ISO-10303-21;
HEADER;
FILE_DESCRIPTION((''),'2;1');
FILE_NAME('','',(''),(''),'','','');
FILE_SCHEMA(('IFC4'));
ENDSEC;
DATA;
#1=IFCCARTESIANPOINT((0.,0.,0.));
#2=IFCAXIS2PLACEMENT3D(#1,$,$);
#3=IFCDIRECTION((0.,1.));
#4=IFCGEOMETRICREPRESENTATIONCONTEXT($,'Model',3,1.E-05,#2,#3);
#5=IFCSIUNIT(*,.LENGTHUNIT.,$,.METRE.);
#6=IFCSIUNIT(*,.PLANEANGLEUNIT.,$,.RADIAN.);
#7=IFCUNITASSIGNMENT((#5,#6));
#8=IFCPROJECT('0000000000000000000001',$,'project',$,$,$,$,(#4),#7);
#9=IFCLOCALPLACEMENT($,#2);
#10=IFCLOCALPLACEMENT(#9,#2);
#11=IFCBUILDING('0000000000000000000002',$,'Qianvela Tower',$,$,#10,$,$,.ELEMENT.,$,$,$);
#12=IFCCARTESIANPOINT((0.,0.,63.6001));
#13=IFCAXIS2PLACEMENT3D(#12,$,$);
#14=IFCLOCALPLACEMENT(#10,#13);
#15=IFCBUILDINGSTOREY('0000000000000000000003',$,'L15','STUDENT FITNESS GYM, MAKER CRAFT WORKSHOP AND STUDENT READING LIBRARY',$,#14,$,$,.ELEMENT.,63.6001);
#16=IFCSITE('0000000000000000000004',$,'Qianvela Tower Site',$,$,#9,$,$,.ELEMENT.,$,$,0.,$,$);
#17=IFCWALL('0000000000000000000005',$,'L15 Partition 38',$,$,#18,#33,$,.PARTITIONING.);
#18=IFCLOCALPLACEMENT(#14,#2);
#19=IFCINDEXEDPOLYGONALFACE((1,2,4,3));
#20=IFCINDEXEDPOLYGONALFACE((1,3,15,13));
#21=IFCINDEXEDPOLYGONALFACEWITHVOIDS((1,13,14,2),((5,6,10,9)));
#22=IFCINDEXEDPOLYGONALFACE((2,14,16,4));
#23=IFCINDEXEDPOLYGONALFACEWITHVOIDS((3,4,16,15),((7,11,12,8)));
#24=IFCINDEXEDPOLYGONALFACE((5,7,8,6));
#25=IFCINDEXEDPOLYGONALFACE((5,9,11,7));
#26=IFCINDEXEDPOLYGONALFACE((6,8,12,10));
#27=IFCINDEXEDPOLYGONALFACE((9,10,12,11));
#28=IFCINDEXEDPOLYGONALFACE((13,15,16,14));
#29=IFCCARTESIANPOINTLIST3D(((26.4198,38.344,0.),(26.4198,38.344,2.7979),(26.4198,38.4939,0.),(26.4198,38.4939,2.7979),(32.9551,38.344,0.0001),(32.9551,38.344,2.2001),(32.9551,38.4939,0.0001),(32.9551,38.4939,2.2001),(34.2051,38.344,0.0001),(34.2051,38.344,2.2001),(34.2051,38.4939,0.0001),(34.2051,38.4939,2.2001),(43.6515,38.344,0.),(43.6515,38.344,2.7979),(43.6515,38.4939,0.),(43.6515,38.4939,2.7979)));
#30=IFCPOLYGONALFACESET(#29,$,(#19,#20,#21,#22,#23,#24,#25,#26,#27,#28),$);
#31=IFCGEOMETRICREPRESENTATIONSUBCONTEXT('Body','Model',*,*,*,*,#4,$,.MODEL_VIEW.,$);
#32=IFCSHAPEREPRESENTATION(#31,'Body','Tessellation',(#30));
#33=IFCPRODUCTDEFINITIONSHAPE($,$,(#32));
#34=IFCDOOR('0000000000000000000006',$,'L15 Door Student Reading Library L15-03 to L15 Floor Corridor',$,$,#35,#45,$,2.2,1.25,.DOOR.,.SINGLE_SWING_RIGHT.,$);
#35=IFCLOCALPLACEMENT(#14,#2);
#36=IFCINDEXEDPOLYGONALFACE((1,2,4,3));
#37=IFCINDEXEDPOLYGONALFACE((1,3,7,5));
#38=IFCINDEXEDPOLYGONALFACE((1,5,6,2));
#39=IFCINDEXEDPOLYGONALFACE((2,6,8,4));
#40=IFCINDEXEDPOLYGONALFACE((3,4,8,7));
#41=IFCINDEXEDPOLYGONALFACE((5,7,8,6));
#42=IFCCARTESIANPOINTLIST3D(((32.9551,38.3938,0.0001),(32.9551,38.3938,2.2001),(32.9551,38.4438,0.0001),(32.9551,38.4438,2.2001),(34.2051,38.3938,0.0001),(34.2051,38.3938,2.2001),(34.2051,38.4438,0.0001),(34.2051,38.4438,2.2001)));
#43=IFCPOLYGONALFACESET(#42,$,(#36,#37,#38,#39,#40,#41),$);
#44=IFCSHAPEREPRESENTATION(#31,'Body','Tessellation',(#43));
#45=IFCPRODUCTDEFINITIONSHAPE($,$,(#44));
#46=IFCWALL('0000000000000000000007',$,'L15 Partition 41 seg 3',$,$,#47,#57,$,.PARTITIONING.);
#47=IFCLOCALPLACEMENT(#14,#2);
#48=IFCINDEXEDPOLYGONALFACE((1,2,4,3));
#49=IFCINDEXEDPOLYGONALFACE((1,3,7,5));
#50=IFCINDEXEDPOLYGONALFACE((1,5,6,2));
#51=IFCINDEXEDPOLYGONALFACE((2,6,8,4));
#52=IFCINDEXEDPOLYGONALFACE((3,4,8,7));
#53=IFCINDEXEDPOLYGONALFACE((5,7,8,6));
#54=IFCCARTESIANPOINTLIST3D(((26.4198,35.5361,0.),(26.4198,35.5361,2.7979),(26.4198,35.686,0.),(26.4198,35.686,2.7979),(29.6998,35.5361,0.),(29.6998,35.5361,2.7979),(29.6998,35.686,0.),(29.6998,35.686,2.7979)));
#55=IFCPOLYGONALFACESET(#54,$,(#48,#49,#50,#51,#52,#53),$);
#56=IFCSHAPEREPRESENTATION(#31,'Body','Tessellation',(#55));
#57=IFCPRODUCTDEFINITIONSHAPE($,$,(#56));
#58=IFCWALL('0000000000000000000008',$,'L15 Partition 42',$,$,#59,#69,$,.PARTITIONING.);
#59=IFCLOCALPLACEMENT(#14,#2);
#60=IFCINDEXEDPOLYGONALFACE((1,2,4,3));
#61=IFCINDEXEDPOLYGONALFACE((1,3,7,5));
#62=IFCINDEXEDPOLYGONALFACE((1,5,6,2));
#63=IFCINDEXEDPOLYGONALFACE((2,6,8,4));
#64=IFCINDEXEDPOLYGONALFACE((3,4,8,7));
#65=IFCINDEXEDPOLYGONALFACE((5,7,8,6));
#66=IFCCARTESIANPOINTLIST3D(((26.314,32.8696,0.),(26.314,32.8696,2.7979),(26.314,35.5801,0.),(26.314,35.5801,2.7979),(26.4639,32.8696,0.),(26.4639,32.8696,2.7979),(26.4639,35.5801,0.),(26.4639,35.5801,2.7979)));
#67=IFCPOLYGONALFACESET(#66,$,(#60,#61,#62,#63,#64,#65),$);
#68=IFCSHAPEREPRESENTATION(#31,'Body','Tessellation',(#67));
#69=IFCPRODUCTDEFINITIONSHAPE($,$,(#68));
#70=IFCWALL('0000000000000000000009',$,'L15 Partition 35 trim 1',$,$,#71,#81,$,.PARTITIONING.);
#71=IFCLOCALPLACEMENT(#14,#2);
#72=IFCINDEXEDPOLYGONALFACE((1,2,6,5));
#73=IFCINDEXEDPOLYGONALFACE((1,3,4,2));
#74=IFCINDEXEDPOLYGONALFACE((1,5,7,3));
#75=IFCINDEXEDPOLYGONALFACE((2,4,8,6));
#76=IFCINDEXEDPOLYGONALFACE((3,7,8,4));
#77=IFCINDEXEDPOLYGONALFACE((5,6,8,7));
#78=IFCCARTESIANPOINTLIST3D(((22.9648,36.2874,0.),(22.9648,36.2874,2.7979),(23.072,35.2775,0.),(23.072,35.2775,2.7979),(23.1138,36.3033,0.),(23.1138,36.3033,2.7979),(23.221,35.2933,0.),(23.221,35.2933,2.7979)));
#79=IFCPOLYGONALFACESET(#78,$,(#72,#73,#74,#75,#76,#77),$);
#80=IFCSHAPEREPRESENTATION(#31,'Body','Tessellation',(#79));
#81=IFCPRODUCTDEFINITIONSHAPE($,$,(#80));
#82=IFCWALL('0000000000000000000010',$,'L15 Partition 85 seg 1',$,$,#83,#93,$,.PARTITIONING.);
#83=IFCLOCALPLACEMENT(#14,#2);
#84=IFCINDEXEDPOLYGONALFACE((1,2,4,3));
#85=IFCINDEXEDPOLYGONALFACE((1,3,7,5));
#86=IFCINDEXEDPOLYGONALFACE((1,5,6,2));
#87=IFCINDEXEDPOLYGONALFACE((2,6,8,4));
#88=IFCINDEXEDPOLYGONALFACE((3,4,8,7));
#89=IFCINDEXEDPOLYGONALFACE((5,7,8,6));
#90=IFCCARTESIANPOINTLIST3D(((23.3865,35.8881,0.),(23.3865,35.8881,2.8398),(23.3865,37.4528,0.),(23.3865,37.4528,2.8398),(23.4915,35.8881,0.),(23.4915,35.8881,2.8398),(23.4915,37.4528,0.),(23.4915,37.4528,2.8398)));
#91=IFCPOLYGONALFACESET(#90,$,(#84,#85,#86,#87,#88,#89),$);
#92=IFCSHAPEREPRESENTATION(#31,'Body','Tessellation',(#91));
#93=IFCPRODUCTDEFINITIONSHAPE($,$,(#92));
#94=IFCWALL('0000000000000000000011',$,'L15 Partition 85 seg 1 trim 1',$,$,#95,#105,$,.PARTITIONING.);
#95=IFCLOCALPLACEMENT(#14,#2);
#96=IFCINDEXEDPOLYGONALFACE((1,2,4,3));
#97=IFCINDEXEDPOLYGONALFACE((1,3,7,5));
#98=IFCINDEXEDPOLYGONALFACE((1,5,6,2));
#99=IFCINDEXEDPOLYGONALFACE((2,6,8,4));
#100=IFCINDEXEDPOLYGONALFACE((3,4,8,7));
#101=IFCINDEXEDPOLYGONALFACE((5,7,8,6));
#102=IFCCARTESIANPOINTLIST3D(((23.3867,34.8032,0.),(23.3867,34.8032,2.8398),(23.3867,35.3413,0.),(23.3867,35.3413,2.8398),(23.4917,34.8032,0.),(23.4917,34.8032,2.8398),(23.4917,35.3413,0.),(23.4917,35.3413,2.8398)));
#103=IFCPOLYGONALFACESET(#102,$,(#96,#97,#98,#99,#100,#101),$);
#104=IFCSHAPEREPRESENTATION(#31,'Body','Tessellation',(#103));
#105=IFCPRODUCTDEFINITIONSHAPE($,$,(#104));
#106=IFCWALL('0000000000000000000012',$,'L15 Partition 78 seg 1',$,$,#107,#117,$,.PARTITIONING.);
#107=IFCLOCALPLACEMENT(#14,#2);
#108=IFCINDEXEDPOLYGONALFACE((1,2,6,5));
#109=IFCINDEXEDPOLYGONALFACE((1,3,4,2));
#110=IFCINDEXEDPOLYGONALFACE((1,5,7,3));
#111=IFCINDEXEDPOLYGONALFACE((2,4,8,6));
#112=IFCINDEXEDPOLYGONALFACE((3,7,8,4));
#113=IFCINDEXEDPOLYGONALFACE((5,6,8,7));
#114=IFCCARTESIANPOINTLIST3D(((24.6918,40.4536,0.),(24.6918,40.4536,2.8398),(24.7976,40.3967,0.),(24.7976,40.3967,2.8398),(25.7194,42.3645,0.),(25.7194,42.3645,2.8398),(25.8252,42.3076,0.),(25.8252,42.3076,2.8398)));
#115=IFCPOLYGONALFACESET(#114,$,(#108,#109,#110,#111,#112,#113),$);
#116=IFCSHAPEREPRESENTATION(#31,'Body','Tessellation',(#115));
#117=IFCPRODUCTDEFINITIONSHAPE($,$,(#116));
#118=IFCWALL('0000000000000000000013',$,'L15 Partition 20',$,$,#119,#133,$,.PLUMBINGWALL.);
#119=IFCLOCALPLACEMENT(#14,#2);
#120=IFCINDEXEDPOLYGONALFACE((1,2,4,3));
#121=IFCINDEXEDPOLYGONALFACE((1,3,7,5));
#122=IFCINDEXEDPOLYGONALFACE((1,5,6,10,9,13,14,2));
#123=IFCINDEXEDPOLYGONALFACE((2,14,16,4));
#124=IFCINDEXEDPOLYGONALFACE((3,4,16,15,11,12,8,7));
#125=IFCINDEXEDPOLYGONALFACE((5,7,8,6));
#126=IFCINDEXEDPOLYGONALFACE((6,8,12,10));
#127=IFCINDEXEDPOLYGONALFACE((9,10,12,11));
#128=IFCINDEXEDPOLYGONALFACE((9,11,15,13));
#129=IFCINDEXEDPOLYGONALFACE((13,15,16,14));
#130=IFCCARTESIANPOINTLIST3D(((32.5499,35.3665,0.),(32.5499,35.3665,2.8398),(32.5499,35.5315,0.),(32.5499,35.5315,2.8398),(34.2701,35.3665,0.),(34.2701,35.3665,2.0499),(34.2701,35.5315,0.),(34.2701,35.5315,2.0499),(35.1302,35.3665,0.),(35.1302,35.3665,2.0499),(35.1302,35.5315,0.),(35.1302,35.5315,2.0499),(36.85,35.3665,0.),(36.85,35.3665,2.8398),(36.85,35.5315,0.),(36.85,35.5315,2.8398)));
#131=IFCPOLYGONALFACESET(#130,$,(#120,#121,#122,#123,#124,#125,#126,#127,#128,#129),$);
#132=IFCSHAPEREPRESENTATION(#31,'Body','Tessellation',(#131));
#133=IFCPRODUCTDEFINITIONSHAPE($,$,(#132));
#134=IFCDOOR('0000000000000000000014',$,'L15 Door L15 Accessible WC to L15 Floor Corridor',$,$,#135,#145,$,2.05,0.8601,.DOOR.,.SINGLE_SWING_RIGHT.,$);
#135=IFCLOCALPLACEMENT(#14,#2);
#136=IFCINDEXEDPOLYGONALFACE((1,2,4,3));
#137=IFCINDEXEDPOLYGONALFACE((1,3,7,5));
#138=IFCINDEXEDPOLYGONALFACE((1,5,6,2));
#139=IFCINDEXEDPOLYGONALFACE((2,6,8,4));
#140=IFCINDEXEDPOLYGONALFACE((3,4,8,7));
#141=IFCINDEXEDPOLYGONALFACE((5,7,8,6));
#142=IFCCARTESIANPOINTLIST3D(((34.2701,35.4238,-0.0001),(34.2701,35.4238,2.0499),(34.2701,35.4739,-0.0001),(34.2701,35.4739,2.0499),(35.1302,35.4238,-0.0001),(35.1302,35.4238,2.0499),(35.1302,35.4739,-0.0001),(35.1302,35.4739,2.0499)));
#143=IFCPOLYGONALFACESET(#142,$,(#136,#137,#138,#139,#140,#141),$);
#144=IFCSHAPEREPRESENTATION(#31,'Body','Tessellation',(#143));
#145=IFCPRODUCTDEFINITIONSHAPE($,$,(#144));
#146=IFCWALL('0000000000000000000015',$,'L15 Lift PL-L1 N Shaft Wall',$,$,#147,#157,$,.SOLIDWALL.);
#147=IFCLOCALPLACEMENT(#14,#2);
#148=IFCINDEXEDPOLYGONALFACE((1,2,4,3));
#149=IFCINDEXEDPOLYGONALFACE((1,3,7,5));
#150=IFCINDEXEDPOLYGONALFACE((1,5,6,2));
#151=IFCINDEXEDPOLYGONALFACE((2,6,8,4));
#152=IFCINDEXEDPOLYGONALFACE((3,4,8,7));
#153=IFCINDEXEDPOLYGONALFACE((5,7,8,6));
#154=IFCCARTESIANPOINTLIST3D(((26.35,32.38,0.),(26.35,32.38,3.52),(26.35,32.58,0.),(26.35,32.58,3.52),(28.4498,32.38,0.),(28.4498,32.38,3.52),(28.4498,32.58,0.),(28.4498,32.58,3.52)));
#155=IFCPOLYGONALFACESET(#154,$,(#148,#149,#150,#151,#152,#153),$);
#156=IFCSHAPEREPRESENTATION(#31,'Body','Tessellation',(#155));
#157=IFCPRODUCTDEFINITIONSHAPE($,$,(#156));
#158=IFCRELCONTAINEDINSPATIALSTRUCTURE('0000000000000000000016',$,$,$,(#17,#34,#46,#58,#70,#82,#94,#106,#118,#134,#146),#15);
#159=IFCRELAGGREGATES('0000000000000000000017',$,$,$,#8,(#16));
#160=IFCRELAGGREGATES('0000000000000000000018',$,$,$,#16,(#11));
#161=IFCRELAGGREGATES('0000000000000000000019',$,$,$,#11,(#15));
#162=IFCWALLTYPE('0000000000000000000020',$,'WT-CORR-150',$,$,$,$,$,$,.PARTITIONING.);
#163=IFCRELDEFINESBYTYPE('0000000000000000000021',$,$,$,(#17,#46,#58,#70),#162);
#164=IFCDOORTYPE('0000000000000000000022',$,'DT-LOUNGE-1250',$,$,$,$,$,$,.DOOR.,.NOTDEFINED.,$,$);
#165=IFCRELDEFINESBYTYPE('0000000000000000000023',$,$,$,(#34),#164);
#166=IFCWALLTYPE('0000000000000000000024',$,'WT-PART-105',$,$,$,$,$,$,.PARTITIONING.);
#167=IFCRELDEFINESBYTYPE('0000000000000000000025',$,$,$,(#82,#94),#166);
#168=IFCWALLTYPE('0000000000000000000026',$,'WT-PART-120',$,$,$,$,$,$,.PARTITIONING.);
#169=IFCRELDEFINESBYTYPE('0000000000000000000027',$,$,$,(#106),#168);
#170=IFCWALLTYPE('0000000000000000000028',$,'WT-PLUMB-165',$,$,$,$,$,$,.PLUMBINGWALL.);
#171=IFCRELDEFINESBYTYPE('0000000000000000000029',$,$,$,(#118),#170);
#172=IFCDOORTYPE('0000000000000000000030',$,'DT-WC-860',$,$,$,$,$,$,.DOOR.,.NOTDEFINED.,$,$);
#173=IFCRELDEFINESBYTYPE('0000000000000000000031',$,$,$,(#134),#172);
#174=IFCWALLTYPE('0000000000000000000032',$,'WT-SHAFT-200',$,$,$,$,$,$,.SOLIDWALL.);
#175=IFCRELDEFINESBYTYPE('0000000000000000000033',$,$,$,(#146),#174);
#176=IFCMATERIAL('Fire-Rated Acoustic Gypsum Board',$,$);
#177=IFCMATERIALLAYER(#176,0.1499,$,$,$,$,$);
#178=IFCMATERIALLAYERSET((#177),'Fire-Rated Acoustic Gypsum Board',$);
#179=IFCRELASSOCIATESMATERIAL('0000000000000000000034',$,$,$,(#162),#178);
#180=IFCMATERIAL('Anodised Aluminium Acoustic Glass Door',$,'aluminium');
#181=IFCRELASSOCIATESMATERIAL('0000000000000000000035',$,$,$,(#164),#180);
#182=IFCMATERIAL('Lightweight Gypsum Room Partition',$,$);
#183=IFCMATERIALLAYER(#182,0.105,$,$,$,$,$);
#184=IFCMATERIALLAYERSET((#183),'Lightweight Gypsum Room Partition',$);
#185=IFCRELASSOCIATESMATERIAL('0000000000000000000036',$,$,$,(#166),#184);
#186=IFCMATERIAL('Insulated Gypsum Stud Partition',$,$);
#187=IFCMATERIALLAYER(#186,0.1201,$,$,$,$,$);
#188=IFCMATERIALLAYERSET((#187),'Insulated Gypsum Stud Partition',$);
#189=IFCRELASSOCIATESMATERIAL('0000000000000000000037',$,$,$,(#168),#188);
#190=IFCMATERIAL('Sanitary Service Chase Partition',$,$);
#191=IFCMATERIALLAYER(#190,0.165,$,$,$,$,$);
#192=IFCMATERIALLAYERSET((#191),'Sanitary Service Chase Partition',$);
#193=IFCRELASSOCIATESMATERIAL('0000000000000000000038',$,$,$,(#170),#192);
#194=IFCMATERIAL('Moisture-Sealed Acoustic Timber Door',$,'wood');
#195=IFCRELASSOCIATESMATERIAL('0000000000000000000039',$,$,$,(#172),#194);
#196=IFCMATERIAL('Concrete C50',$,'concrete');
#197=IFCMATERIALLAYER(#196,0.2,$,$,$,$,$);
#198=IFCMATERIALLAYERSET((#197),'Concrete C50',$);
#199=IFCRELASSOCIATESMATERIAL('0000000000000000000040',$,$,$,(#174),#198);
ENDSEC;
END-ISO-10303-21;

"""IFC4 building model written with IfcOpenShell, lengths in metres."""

from ifc_helpers import new_model, si_unit, direction, frame, frame_2d, origin, place, context, subcontext, project, spatial, rectangle, extrude, material, layer, layer_set, type_object, element, fill, save


model = new_model("IFC4")

# Units and contexts
model_context = context("Model", 3, precision=1e-05, world=origin(), true_north=direction((0.0, 1.0)))
body_context = subcontext(model_context, "Body", "Model", "MODEL_VIEW")
ifc_project = project(units=[si_unit("LENGTHUNIT", "METRE"), si_unit("PLANEANGLEUNIT", "RADIAN")], contexts=[model_context])

# Site, building, storey
site_placement = place(None, origin())
site = spatial("IfcSite", under=ifc_project, at=site_placement, Name="Qianvela Tower Site", CompositionType="ELEMENT", RefElevation=0.0)
building_placement = place(site_placement, origin())
building = spatial("IfcBuilding", under=site, at=building_placement, Name="Qianvela Tower", CompositionType="ELEMENT")
storey_placement = place(building_placement, frame((0.0, 0.0, 63.6001)))
storey = spatial("IfcBuildingStorey", under=building, at=storey_placement, Name="L15", Description="STUDENT FITNESS GYM, MAKER CRAFT WORKSHOP AND STUDENT READING LIBRARY", CompositionType="ELEMENT", Elevation=63.6001)

# Shared definitions
ifc_material_1 = material(Name="Fire-Rated Acoustic Gypsum Board")
ifc_layer_1 = layer(ifc_material_1, 0.1499)
ifc_layer_set_1 = layer_set([ifc_layer_1], Name="Fire-Rated Acoustic Gypsum Board")
wall_type_1 = type_object("IfcWallType", Name="WT-CORR-150", PredefinedType="PARTITIONING", material=ifc_layer_set_1)

# Wall, opening, door
wall_1_placement = place(storey_placement, frame((26.4199, 38.4189, 0.0), z_axis=(0.0, 0.0, 1.0), x_axis=(1.0, 0.0, 0.0)))
wall_1 = element("IfcWall", 1, at=wall_1_placement, inside=storey, type_object=wall_type_1, Name="L15 Partition 38", PredefinedType="PARTITIONING", context=body_context, shape_type="SweptSolid", body=[
    extrude(rectangle(XDim=17.2317, YDim=0.1499, at=frame_2d((8.6157, 0.0))), origin(), (0.0, 0.0, 1.0), 2.7979),
])
opening_1_placement = place(wall_1_placement, frame((6.5352, 0.0, 0.0)))
opening_1 = element("IfcOpeningElement", 2, at=opening_1_placement, cuts=wall_1, PredefinedType="OPENING", context=body_context, shape_type="SweptSolid", body=[
    extrude(rectangle(XDim=1.25, YDim=2.2, at=frame_2d((0.625, 1.1001))), frame((0.0, 0.085, 0.0), z_axis=(0.0, -1.0, 0.0), x_axis=(1.0, 0.0, 0.0)), (0.0, 0.0, 1.0), 0.1699),
])
ifc_material_2 = material(Name="Anodised Aluminium Acoustic Glass Door", Category="aluminium")
door_type_1 = type_object("IfcDoorType", Name="DT-LOUNGE-1250", OperationType="NOTDEFINED", PredefinedType="DOOR", material=ifc_material_2)
door_1_placement = place(opening_1_placement, origin())
door_1 = element("IfcDoor", 3, at=door_1_placement, inside=storey, type_object=door_type_1, Name="L15 Door Student Reading Library L15-03 to L15 Floor Corridor", OperationType="SINGLE_SWING_RIGHT", OverallHeight=2.2, OverallWidth=1.25, PredefinedType="DOOR", context=body_context, shape_type="SweptSolid", body=[
    extrude(rectangle(XDim=1.25, YDim=2.2, at=frame_2d((0.625, 1.1001))), frame((0.0, 0.0249, 0.0), z_axis=(0.0, -1.0, 0.0), x_axis=(1.0, 0.0, 0.0)), (0.0, 0.0, 1.0), 0.05),
])
fill(opening_1, door_1)

# Walls
wall_2_placement = place(storey_placement, frame((29.7, 35.6111, 0.0), z_axis=(0.0, 0.0, 1.0), x_axis=(-1.0, 0.0, 0.0)))
element("IfcWall", 4, at=wall_2_placement, inside=storey, type_object=wall_type_1, Name="L15 Partition 41 seg 3", PredefinedType="PARTITIONING", context=body_context, shape_type="SweptSolid", body=[
    extrude(rectangle(XDim=3.28, YDim=0.1499, at=frame_2d((1.6401, 0.0))), origin(), (0.0, 0.0, 1.0), 2.7979),
])
wall_3_placement = place(storey_placement, frame((26.3889, 35.5801, 0.0), z_axis=(0.0, 0.0, 1.0), x_axis=(0.0, -1.0, 0.0)))
element("IfcWall", 5, at=wall_3_placement, inside=storey, type_object=wall_type_1, Name="L15 Partition 42", PredefinedType="PARTITIONING", context=body_context, shape_type="SweptSolid", body=[
    extrude(rectangle(XDim=2.7104, YDim=0.1499, at=frame_2d((1.3552, 0.0))), origin(), (0.0, 0.0, 1.0), 2.7979),
])
wall_4_placement = place(storey_placement, frame((23.1465, 35.2854, 0.0), z_axis=(0.0, 0.0, 1.0), x_axis=(-0.105523, 0.994417, 0.0)))
element("IfcWall", 6, at=wall_4_placement, inside=storey, type_object=wall_type_1, Name="L15 Partition 35 trim 1", PredefinedType="PARTITIONING", context=body_context, shape_type="SweptSolid", body=[
    extrude(rectangle(XDim=1.0156, YDim=0.1499, at=frame_2d((0.5078, 0.0))), origin(), (0.0, 0.0, 1.0), 2.7979),
])
ifc_material_3 = material(Name="Lightweight Gypsum Room Partition")
ifc_layer_2 = layer(ifc_material_3, 0.105)
ifc_layer_set_2 = layer_set([ifc_layer_2], Name="Lightweight Gypsum Room Partition")
wall_type_2 = type_object("IfcWallType", Name="WT-PART-105", PredefinedType="PARTITIONING", material=ifc_layer_set_2)
wall_5_placement = place(storey_placement, frame((23.439, 37.4526, 0.0), z_axis=(0.0, 0.0, 1.0), x_axis=(0.0, -1.0, 0.0)))
element("IfcWall", 7, at=wall_5_placement, inside=storey, type_object=wall_type_2, Name="L15 Partition 85 seg 1", PredefinedType="PARTITIONING", context=body_context, shape_type="SweptSolid", body=[
    extrude(rectangle(XDim=1.5647, YDim=0.105, at=frame_2d((0.7822, 0.0))), origin(), (0.0, 0.0, 1.0), 2.8398),
])
wall_6_placement = place(storey_placement, frame((23.4392, 35.3413, 0.0), z_axis=(0.0, 0.0, 1.0), x_axis=(0.0, -1.0, 0.0)))
element("IfcWall", 8, at=wall_6_placement, inside=storey, type_object=wall_type_2, Name="L15 Partition 85 seg 1 trim 1", PredefinedType="PARTITIONING", context=body_context, shape_type="SweptSolid", body=[
    extrude(rectangle(XDim=0.5381, YDim=0.105, at=frame_2d((0.269, 0.0))), origin(), (0.0, 0.0, 1.0), 2.8398),
])
ifc_material_4 = material(Name="Insulated Gypsum Stud Partition")
ifc_layer_3 = layer(ifc_material_4, 0.1201)
ifc_layer_set_3 = layer_set([ifc_layer_3], Name="Insulated Gypsum Stud Partition")
wall_type_3 = type_object("IfcWallType", Name="WT-PART-120", PredefinedType="PARTITIONING", material=ifc_layer_set_3)
wall_7_placement = place(storey_placement, frame((24.7446, 40.425, 0.0), z_axis=(0.0, 0.0, 1.0), x_axis=(0.473617, 0.880731, 0.0)))
element("IfcWall", 9, at=wall_7_placement, inside=storey, type_object=wall_type_3, Name="L15 Partition 78 seg 1", PredefinedType="PARTITIONING", context=body_context, shape_type="SweptSolid", body=[
    extrude(rectangle(XDim=2.1697, YDim=0.1201, at=frame_2d((1.085, 0.0))), origin(), (0.0, 0.0, 1.0), 2.8398),
])

# Wall, opening, door
ifc_material_5 = material(Name="Sanitary Service Chase Partition")
ifc_layer_4 = layer(ifc_material_5, 0.165)
ifc_layer_set_4 = layer_set([ifc_layer_4], Name="Sanitary Service Chase Partition")
wall_type_4 = type_object("IfcWallType", Name="WT-PLUMB-165", PredefinedType="PLUMBINGWALL", material=ifc_layer_set_4)
wall_8_placement = place(storey_placement, frame((32.55, 35.449, 0.0), z_axis=(0.0, 0.0, 1.0), x_axis=(1.0, 0.0, 0.0)))
wall_8 = element("IfcWall", 10, at=wall_8_placement, inside=storey, type_object=wall_type_4, Name="L15 Partition 20", PredefinedType="PLUMBINGWALL", context=body_context, shape_type="SweptSolid", body=[
    extrude(rectangle(XDim=4.3, YDim=0.165, at=frame_2d((2.1499, 0.0))), origin(), (0.0, 0.0, 1.0), 2.8398),
])
opening_2_placement = place(wall_8_placement, frame((1.72, 0.0, 0.0)))
opening_2 = element("IfcOpeningElement", 11, at=opening_2_placement, cuts=wall_8, PredefinedType="OPENING", context=body_context, shape_type="SweptSolid", body=[
    extrude(rectangle(XDim=0.8601, YDim=2.05, at=frame_2d((0.4302, 1.0249))), frame((0.0, 0.0925, 0.0), z_axis=(0.0, -1.0, 0.0), x_axis=(1.0, 0.0, 0.0)), (0.0, 0.0, 1.0), 0.1851),
])
ifc_material_6 = material(Name="Moisture-Sealed Acoustic Timber Door", Category="wood")
door_type_2 = type_object("IfcDoorType", Name="DT-WC-860", OperationType="NOTDEFINED", PredefinedType="DOOR", material=ifc_material_6)
door_2_placement = place(opening_2_placement, origin())
door_2 = element("IfcDoor", 12, at=door_2_placement, inside=storey, type_object=door_type_2, Name="L15 Door L15 Accessible WC to L15 Floor Corridor", OperationType="SINGLE_SWING_RIGHT", OverallHeight=2.05, OverallWidth=0.8601, PredefinedType="DOOR", context=body_context, shape_type="SweptSolid", body=[
    extrude(rectangle(XDim=0.8601, YDim=2.05, at=frame_2d((0.4302, 1.0249))), frame((0.0, 0.0249, 0.0), z_axis=(0.0, -1.0, 0.0), x_axis=(1.0, 0.0, 0.0)), (0.0, 0.0, 1.0), 0.05),
])
fill(opening_2, door_2)

# Wall
ifc_material_7 = material(Name="Concrete C50", Category="concrete")
ifc_layer_5 = layer(ifc_material_7, 0.2)
ifc_layer_set_5 = layer_set([ifc_layer_5], Name="Concrete C50")
wall_type_5 = type_object("IfcWallType", Name="WT-SHAFT-200", PredefinedType="SOLIDWALL", material=ifc_layer_set_5)
wall_9_placement = place(storey_placement, frame((26.3501, 32.48, 0.0), z_axis=(0.0, 0.0, 1.0), x_axis=(1.0, 0.0, 0.0)))
element("IfcWall", 13, at=wall_9_placement, inside=storey, type_object=wall_type_5, Name="L15 Lift PL-L1 N Shaft Wall", PredefinedType="SOLIDWALL", context=body_context, shape_type="SweptSolid", body=[
    extrude(rectangle(XDim=2.0999, YDim=0.2, at=frame_2d((1.0498, 0.0))), origin(), (0.0, 0.0, 1.0), 3.52),
])

save(model, "model.ifc")
